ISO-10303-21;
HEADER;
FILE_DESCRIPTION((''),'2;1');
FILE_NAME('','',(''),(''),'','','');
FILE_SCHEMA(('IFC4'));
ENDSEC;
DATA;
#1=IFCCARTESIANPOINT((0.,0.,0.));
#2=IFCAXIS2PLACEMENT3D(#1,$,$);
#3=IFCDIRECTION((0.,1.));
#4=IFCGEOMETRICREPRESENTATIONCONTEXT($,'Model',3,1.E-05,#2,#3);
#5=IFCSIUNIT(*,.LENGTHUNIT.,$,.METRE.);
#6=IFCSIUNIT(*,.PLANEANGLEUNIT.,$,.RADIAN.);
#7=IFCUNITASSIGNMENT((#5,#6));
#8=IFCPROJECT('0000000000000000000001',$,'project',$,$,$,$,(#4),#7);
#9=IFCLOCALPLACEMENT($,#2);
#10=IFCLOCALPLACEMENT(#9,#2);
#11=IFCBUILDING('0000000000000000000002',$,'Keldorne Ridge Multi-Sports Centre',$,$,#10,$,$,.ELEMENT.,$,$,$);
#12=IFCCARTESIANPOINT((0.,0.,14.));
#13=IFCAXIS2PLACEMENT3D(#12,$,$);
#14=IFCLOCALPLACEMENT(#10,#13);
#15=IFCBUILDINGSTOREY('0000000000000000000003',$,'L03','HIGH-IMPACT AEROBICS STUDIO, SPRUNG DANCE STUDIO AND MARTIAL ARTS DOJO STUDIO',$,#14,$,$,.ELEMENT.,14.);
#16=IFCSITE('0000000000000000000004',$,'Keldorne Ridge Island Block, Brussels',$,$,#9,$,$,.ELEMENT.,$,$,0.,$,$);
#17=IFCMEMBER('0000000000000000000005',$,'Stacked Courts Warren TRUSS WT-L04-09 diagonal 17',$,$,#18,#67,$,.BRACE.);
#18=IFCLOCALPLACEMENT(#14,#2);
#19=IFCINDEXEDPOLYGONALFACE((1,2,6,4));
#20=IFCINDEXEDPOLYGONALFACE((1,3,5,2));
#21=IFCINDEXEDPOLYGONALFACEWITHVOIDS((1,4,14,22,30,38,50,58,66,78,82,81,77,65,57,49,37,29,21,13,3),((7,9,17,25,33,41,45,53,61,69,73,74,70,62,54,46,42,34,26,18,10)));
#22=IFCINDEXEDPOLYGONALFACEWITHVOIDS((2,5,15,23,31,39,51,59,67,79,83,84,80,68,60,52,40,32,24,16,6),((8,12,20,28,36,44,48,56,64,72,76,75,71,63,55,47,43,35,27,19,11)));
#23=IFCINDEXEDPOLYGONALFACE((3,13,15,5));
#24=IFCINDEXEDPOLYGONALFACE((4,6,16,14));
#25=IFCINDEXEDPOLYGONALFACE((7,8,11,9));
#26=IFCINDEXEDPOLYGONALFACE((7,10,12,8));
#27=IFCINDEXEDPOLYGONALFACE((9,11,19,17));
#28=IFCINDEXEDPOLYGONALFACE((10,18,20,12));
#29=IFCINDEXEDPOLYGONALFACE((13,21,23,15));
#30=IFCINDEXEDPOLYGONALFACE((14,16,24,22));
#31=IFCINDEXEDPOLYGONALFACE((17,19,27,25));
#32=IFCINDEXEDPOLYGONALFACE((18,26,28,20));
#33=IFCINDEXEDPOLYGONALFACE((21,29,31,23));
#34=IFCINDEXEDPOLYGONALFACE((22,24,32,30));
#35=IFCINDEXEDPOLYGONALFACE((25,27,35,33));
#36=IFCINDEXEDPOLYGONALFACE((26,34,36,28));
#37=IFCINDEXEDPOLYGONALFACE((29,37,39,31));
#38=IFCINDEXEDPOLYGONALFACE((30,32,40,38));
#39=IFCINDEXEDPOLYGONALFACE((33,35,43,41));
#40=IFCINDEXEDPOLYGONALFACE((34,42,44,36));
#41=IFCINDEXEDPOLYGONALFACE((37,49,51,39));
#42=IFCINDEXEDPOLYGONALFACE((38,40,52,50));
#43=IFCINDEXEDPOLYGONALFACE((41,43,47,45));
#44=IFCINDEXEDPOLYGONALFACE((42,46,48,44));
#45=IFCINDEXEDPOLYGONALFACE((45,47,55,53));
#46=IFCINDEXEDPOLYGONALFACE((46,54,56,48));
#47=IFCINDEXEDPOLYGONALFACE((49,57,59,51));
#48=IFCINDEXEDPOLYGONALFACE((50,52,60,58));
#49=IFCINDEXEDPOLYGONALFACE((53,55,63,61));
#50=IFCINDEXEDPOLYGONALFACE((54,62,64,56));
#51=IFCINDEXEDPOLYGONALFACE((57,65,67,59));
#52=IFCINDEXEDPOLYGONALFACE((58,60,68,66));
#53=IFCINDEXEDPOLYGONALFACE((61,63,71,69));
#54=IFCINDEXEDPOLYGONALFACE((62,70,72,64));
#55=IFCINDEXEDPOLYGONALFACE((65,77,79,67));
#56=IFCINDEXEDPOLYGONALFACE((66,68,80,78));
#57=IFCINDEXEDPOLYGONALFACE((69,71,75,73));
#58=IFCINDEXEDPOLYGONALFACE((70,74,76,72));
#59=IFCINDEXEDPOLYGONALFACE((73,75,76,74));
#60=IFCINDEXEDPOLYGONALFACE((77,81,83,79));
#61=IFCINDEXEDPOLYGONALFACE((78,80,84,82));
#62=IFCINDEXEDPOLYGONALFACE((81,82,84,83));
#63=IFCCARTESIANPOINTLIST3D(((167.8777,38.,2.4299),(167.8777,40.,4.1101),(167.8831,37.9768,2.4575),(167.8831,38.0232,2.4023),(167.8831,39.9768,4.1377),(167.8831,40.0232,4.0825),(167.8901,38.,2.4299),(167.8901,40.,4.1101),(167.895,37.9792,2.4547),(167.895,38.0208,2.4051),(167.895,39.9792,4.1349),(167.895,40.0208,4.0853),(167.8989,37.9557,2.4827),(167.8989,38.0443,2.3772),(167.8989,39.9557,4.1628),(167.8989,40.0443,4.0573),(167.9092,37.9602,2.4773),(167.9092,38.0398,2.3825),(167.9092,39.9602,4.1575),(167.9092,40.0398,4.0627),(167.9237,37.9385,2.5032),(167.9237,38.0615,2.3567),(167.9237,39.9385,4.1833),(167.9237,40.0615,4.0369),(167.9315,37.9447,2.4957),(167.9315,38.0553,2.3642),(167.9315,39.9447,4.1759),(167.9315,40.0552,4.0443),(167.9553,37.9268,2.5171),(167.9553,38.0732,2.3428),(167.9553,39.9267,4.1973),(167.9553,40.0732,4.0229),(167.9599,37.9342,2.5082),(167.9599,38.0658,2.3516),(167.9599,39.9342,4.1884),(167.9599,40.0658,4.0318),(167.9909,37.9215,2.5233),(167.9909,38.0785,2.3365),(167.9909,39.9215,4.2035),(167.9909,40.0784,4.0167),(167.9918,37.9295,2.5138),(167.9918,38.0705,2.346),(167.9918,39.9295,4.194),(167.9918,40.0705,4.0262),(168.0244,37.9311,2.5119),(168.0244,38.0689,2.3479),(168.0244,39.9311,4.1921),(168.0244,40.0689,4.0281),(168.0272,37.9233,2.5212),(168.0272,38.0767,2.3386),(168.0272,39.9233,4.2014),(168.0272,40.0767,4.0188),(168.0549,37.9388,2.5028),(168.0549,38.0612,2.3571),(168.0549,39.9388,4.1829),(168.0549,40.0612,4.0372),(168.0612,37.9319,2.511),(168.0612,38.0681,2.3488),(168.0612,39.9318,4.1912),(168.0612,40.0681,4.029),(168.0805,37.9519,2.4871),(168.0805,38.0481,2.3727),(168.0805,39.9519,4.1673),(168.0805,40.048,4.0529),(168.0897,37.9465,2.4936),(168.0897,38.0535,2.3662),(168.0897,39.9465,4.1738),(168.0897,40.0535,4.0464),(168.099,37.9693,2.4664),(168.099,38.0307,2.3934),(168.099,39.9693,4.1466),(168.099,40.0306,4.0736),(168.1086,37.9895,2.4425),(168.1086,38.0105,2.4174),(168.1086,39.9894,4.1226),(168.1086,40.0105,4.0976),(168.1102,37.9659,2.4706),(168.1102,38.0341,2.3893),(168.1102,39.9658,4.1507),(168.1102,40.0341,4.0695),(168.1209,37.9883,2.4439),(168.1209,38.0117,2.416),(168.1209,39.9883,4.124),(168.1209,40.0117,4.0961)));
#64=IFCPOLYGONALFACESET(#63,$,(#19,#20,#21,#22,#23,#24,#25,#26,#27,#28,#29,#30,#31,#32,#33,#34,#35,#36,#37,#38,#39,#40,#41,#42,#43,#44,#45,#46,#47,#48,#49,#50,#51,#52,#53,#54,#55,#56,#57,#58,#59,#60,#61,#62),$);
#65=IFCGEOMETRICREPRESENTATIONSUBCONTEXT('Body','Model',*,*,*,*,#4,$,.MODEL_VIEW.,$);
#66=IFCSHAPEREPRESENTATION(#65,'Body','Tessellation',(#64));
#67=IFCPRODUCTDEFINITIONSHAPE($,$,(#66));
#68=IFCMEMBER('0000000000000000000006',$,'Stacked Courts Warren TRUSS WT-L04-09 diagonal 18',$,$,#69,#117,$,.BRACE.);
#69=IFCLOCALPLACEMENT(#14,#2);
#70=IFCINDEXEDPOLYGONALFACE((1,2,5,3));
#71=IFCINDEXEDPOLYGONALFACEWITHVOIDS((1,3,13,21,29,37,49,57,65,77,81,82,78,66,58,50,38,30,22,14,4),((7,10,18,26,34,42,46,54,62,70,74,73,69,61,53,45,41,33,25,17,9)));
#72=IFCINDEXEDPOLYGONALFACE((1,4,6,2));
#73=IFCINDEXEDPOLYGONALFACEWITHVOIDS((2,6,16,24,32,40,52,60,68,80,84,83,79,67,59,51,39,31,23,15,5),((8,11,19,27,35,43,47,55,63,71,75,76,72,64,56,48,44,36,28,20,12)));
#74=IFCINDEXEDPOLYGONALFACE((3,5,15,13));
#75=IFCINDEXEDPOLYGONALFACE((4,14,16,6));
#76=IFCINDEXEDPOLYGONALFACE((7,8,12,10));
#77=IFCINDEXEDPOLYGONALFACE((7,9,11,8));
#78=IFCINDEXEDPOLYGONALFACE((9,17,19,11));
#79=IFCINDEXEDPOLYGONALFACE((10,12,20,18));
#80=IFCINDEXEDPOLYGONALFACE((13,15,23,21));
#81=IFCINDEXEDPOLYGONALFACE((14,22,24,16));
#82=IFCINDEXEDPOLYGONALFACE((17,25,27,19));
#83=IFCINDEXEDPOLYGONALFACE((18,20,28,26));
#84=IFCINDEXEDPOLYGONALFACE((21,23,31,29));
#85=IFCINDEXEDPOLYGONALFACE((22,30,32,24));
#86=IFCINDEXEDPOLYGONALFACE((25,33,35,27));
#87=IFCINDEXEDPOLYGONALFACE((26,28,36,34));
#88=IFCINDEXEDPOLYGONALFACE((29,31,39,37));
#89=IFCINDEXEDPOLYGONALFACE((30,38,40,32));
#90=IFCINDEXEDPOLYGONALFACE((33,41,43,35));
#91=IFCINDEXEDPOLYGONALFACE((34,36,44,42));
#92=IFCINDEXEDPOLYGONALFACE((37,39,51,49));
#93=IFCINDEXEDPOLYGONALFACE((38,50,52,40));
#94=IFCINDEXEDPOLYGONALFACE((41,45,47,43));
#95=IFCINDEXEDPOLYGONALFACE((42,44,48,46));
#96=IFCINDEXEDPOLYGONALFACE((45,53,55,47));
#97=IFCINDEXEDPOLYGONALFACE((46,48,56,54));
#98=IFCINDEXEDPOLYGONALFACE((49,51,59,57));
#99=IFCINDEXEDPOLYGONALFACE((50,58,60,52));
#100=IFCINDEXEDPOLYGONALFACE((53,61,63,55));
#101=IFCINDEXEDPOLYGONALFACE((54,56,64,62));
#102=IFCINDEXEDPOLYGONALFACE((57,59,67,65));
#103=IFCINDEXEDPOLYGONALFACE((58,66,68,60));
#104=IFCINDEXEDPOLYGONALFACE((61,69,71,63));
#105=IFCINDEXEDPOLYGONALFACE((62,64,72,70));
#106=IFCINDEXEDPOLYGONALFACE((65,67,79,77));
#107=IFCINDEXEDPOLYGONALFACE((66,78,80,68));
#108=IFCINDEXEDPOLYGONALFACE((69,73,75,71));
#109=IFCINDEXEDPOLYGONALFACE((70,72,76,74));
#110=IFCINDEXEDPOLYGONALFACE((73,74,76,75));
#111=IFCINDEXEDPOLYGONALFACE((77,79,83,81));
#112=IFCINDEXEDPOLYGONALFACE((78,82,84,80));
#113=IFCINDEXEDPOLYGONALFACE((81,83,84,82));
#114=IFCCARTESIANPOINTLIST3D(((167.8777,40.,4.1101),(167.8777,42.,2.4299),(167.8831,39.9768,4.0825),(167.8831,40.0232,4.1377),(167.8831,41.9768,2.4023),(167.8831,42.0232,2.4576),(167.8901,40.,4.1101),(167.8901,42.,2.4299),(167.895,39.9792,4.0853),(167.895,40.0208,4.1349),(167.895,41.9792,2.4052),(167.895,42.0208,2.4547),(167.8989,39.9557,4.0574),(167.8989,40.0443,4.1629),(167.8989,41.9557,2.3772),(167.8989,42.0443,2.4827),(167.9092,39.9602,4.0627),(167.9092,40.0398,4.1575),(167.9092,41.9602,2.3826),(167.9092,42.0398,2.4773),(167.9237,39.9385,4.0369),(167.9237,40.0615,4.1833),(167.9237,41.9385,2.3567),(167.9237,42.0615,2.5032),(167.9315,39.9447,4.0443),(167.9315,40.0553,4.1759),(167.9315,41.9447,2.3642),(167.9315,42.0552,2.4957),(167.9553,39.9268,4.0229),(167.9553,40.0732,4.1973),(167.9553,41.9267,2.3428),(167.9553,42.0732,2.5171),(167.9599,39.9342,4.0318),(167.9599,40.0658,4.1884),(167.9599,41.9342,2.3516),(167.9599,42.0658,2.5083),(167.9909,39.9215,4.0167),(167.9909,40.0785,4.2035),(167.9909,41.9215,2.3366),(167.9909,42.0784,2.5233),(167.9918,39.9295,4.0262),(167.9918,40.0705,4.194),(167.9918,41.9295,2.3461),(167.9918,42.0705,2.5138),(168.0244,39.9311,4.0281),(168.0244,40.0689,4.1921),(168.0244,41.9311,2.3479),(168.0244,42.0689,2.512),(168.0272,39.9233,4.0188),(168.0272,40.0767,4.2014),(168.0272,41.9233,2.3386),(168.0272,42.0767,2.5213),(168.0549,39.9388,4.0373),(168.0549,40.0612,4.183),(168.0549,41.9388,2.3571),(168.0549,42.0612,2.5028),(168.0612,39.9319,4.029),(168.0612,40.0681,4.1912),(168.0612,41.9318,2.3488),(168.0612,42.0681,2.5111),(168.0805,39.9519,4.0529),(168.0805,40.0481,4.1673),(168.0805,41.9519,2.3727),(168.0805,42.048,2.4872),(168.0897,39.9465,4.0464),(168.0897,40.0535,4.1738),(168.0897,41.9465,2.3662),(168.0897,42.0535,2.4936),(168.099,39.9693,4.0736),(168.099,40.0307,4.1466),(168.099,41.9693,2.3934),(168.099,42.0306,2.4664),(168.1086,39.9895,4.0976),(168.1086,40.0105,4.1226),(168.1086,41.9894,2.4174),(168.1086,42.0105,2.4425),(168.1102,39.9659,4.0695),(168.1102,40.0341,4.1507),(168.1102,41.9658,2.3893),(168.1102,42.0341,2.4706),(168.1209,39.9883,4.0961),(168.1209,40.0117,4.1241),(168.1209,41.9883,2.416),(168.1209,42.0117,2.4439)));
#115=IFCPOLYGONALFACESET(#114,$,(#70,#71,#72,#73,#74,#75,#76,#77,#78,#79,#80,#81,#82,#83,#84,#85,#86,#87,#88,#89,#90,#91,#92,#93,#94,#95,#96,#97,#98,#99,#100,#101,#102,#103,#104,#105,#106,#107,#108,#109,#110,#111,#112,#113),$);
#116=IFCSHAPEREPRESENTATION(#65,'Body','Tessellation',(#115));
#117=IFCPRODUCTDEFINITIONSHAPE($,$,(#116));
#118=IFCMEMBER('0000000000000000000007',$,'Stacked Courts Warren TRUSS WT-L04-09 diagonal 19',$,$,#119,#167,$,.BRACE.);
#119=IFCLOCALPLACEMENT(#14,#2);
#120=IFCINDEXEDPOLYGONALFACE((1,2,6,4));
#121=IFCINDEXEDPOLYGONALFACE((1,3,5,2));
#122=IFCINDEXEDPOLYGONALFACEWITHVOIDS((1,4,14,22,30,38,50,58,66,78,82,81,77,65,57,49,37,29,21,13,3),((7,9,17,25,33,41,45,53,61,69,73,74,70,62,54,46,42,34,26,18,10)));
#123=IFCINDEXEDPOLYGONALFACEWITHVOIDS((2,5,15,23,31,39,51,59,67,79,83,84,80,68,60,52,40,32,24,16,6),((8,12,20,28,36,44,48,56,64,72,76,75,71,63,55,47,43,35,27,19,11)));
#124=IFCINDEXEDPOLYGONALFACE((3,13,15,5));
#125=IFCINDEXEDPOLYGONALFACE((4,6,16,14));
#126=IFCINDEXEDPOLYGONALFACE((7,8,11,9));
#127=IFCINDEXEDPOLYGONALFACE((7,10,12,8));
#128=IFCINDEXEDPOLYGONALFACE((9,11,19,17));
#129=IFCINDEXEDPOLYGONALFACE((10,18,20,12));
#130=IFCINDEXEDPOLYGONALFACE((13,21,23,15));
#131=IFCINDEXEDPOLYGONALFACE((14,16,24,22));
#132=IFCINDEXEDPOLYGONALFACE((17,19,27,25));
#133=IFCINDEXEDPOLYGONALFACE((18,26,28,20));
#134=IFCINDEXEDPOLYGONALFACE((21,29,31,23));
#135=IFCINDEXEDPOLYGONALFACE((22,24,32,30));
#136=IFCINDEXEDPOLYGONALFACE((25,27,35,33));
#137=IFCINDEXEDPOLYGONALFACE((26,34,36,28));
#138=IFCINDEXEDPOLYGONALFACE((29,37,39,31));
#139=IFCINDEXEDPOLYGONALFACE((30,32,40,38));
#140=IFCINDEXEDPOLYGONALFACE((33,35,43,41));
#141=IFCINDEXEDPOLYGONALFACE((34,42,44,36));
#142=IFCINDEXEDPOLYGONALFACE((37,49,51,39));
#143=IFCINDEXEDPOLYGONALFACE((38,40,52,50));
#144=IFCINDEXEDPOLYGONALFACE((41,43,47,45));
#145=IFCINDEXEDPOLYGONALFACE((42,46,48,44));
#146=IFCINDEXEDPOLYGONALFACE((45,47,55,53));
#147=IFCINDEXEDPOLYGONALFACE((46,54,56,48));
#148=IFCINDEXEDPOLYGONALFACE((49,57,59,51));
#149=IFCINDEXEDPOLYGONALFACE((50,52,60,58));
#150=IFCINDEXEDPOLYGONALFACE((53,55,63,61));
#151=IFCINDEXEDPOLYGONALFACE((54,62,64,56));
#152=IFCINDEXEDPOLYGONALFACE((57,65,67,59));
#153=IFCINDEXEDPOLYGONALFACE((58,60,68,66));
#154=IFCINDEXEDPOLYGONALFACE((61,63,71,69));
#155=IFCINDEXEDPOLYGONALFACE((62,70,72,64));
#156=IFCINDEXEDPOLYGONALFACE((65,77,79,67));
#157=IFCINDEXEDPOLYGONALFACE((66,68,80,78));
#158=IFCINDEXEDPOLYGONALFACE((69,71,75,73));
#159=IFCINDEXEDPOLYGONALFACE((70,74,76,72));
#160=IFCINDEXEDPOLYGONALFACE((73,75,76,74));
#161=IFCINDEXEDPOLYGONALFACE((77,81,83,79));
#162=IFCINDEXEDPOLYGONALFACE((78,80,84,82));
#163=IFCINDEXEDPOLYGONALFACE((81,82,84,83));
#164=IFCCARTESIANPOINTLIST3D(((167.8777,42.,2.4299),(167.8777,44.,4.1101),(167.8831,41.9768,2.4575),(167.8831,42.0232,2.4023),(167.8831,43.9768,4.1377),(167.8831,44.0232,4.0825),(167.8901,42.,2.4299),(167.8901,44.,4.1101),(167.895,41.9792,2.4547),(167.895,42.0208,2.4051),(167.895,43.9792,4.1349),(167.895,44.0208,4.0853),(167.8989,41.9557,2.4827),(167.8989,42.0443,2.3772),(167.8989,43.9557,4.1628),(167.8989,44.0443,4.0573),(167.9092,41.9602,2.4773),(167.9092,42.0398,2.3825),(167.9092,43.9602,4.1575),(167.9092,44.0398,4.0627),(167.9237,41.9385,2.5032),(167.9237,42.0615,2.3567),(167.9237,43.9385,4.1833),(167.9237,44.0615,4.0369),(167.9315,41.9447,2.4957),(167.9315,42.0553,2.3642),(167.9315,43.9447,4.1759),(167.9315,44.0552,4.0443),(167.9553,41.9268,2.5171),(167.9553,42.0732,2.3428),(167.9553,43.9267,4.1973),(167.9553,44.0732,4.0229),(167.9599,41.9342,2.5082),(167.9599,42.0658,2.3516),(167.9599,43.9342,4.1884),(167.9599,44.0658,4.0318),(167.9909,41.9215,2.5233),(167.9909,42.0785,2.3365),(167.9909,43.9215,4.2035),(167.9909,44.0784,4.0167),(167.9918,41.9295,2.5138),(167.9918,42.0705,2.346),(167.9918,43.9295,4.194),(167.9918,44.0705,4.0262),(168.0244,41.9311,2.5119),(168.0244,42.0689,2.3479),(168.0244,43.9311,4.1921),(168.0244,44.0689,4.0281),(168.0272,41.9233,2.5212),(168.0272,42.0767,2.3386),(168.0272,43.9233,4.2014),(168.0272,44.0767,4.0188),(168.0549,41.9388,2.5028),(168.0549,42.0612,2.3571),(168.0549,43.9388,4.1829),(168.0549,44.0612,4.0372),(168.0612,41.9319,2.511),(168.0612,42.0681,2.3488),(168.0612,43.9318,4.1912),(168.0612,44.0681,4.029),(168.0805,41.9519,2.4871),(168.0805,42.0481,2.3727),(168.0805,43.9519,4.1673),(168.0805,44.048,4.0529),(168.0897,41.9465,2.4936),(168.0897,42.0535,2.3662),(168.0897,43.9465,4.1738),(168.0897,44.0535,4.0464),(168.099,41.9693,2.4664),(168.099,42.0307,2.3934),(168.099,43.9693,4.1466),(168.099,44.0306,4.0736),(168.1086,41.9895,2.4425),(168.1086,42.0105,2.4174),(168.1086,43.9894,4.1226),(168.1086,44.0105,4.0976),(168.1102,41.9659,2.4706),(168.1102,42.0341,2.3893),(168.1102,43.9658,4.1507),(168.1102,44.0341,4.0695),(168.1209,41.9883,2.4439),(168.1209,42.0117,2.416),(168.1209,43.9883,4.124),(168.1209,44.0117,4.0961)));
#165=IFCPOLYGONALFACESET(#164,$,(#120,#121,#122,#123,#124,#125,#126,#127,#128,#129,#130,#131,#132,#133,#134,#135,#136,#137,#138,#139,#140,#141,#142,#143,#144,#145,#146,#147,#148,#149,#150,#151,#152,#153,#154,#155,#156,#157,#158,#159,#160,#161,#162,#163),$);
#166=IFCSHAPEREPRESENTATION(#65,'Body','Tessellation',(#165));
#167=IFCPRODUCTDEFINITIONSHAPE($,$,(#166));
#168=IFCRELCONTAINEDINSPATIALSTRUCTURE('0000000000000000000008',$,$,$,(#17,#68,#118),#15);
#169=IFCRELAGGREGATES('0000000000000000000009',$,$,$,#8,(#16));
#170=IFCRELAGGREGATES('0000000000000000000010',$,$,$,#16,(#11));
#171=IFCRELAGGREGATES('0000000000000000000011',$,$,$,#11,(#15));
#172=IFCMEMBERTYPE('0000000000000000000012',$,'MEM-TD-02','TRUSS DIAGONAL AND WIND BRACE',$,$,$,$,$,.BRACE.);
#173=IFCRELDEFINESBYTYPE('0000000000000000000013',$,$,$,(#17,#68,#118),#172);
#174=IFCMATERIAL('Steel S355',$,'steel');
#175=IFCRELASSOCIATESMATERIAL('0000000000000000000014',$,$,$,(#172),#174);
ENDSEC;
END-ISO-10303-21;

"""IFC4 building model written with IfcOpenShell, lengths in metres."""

from ifc_helpers import new_model, si_unit, direction, frame, origin, origin_2d, place, context, subcontext, project, spatial, hollow_circle, extrude, material, material_profile, profile_set, type_object, element, save


model = new_model("IFC4")

# Units and contexts
model_context = context("Model", 3, precision=1e-05, world=origin(), true_north=direction((0.0, 1.0)))
body_context = subcontext(model_context, "Body", "Model", "MODEL_VIEW")
ifc_project = project(units=[si_unit("LENGTHUNIT", "METRE"), si_unit("PLANEANGLEUNIT", "RADIAN")], contexts=[model_context])

# Site, building, storey
site_placement = place(None, origin())
site = spatial("IfcSite", under=ifc_project, at=site_placement, Name="Keldorne Ridge Island Block, Brussels", CompositionType="ELEMENT", RefElevation=0.0)
building_placement = place(site_placement, origin())
building = spatial("IfcBuilding", under=site, at=building_placement, Name="Keldorne Ridge Multi-Sports Centre", CompositionType="ELEMENT")
storey_placement = place(building_placement, frame((0.0, 0.0, 14.0)))
storey = spatial("IfcBuildingStorey", under=building, at=storey_placement, Name="L03", Description="HIGH-IMPACT AEROBICS STUDIO, SPRUNG DANCE STUDIO AND MARTIAL ARTS DOJO STUDIO", CompositionType="ELEMENT", Elevation=14.0)

# Shared definitions
ifc_material_1 = material(Name="Steel S355", Category="steel")

# Members
ifc_material_profile_1 = material_profile(ifc_material_1, hollow_circle(Radius=0.1223, WallThickness=0.0125, at=origin_2d()), Name="CHS 244.5x12.5")
ifc_profile_set_1 = profile_set([ifc_material_profile_1], Name="Steel S355")
member_type_1 = type_object("IfcMemberType", Name="MEM-TD-02", Description="TRUSS DIAGONAL AND WIND BRACE", PredefinedType="BRACE", material=ifc_profile_set_1)
for number, where, z_axis, x_axis, name in (
    (1, (168.0, 38.0, 2.4299), (0.0, 0.765672, 0.643232), (-1.0, 0.0, 0.0), "Stacked Courts Warren TRUSS WT-L04-09 diagonal 17"),
    (2, (168.0, 40.0, 4.1101), (0.0, 0.765672, -0.643232), (-1.0, 0.0, 0.0), "Stacked Courts Warren TRUSS WT-L04-09 diagonal 18"),
    (3, (168.0, 42.0, 2.4299), (0.0, 0.765672, 0.643232), (-1.0, 0.0, 0.0), "Stacked Courts Warren TRUSS WT-L04-09 diagonal 19"),
):
    element("IfcMember", number, at=place(storey_placement, frame(where, z_axis=z_axis, x_axis=x_axis)), inside=storey, type_object=member_type_1, Name=name, PredefinedType="BRACE", context=body_context, shape_type="SweptSolid", body=[
        extrude(hollow_circle(Radius=0.1223, WallThickness=0.0125, at=origin_2d()), origin(), (0.0, 0.0, 1.0), 2.6121),
    ])

save(model, "model.ifc")
